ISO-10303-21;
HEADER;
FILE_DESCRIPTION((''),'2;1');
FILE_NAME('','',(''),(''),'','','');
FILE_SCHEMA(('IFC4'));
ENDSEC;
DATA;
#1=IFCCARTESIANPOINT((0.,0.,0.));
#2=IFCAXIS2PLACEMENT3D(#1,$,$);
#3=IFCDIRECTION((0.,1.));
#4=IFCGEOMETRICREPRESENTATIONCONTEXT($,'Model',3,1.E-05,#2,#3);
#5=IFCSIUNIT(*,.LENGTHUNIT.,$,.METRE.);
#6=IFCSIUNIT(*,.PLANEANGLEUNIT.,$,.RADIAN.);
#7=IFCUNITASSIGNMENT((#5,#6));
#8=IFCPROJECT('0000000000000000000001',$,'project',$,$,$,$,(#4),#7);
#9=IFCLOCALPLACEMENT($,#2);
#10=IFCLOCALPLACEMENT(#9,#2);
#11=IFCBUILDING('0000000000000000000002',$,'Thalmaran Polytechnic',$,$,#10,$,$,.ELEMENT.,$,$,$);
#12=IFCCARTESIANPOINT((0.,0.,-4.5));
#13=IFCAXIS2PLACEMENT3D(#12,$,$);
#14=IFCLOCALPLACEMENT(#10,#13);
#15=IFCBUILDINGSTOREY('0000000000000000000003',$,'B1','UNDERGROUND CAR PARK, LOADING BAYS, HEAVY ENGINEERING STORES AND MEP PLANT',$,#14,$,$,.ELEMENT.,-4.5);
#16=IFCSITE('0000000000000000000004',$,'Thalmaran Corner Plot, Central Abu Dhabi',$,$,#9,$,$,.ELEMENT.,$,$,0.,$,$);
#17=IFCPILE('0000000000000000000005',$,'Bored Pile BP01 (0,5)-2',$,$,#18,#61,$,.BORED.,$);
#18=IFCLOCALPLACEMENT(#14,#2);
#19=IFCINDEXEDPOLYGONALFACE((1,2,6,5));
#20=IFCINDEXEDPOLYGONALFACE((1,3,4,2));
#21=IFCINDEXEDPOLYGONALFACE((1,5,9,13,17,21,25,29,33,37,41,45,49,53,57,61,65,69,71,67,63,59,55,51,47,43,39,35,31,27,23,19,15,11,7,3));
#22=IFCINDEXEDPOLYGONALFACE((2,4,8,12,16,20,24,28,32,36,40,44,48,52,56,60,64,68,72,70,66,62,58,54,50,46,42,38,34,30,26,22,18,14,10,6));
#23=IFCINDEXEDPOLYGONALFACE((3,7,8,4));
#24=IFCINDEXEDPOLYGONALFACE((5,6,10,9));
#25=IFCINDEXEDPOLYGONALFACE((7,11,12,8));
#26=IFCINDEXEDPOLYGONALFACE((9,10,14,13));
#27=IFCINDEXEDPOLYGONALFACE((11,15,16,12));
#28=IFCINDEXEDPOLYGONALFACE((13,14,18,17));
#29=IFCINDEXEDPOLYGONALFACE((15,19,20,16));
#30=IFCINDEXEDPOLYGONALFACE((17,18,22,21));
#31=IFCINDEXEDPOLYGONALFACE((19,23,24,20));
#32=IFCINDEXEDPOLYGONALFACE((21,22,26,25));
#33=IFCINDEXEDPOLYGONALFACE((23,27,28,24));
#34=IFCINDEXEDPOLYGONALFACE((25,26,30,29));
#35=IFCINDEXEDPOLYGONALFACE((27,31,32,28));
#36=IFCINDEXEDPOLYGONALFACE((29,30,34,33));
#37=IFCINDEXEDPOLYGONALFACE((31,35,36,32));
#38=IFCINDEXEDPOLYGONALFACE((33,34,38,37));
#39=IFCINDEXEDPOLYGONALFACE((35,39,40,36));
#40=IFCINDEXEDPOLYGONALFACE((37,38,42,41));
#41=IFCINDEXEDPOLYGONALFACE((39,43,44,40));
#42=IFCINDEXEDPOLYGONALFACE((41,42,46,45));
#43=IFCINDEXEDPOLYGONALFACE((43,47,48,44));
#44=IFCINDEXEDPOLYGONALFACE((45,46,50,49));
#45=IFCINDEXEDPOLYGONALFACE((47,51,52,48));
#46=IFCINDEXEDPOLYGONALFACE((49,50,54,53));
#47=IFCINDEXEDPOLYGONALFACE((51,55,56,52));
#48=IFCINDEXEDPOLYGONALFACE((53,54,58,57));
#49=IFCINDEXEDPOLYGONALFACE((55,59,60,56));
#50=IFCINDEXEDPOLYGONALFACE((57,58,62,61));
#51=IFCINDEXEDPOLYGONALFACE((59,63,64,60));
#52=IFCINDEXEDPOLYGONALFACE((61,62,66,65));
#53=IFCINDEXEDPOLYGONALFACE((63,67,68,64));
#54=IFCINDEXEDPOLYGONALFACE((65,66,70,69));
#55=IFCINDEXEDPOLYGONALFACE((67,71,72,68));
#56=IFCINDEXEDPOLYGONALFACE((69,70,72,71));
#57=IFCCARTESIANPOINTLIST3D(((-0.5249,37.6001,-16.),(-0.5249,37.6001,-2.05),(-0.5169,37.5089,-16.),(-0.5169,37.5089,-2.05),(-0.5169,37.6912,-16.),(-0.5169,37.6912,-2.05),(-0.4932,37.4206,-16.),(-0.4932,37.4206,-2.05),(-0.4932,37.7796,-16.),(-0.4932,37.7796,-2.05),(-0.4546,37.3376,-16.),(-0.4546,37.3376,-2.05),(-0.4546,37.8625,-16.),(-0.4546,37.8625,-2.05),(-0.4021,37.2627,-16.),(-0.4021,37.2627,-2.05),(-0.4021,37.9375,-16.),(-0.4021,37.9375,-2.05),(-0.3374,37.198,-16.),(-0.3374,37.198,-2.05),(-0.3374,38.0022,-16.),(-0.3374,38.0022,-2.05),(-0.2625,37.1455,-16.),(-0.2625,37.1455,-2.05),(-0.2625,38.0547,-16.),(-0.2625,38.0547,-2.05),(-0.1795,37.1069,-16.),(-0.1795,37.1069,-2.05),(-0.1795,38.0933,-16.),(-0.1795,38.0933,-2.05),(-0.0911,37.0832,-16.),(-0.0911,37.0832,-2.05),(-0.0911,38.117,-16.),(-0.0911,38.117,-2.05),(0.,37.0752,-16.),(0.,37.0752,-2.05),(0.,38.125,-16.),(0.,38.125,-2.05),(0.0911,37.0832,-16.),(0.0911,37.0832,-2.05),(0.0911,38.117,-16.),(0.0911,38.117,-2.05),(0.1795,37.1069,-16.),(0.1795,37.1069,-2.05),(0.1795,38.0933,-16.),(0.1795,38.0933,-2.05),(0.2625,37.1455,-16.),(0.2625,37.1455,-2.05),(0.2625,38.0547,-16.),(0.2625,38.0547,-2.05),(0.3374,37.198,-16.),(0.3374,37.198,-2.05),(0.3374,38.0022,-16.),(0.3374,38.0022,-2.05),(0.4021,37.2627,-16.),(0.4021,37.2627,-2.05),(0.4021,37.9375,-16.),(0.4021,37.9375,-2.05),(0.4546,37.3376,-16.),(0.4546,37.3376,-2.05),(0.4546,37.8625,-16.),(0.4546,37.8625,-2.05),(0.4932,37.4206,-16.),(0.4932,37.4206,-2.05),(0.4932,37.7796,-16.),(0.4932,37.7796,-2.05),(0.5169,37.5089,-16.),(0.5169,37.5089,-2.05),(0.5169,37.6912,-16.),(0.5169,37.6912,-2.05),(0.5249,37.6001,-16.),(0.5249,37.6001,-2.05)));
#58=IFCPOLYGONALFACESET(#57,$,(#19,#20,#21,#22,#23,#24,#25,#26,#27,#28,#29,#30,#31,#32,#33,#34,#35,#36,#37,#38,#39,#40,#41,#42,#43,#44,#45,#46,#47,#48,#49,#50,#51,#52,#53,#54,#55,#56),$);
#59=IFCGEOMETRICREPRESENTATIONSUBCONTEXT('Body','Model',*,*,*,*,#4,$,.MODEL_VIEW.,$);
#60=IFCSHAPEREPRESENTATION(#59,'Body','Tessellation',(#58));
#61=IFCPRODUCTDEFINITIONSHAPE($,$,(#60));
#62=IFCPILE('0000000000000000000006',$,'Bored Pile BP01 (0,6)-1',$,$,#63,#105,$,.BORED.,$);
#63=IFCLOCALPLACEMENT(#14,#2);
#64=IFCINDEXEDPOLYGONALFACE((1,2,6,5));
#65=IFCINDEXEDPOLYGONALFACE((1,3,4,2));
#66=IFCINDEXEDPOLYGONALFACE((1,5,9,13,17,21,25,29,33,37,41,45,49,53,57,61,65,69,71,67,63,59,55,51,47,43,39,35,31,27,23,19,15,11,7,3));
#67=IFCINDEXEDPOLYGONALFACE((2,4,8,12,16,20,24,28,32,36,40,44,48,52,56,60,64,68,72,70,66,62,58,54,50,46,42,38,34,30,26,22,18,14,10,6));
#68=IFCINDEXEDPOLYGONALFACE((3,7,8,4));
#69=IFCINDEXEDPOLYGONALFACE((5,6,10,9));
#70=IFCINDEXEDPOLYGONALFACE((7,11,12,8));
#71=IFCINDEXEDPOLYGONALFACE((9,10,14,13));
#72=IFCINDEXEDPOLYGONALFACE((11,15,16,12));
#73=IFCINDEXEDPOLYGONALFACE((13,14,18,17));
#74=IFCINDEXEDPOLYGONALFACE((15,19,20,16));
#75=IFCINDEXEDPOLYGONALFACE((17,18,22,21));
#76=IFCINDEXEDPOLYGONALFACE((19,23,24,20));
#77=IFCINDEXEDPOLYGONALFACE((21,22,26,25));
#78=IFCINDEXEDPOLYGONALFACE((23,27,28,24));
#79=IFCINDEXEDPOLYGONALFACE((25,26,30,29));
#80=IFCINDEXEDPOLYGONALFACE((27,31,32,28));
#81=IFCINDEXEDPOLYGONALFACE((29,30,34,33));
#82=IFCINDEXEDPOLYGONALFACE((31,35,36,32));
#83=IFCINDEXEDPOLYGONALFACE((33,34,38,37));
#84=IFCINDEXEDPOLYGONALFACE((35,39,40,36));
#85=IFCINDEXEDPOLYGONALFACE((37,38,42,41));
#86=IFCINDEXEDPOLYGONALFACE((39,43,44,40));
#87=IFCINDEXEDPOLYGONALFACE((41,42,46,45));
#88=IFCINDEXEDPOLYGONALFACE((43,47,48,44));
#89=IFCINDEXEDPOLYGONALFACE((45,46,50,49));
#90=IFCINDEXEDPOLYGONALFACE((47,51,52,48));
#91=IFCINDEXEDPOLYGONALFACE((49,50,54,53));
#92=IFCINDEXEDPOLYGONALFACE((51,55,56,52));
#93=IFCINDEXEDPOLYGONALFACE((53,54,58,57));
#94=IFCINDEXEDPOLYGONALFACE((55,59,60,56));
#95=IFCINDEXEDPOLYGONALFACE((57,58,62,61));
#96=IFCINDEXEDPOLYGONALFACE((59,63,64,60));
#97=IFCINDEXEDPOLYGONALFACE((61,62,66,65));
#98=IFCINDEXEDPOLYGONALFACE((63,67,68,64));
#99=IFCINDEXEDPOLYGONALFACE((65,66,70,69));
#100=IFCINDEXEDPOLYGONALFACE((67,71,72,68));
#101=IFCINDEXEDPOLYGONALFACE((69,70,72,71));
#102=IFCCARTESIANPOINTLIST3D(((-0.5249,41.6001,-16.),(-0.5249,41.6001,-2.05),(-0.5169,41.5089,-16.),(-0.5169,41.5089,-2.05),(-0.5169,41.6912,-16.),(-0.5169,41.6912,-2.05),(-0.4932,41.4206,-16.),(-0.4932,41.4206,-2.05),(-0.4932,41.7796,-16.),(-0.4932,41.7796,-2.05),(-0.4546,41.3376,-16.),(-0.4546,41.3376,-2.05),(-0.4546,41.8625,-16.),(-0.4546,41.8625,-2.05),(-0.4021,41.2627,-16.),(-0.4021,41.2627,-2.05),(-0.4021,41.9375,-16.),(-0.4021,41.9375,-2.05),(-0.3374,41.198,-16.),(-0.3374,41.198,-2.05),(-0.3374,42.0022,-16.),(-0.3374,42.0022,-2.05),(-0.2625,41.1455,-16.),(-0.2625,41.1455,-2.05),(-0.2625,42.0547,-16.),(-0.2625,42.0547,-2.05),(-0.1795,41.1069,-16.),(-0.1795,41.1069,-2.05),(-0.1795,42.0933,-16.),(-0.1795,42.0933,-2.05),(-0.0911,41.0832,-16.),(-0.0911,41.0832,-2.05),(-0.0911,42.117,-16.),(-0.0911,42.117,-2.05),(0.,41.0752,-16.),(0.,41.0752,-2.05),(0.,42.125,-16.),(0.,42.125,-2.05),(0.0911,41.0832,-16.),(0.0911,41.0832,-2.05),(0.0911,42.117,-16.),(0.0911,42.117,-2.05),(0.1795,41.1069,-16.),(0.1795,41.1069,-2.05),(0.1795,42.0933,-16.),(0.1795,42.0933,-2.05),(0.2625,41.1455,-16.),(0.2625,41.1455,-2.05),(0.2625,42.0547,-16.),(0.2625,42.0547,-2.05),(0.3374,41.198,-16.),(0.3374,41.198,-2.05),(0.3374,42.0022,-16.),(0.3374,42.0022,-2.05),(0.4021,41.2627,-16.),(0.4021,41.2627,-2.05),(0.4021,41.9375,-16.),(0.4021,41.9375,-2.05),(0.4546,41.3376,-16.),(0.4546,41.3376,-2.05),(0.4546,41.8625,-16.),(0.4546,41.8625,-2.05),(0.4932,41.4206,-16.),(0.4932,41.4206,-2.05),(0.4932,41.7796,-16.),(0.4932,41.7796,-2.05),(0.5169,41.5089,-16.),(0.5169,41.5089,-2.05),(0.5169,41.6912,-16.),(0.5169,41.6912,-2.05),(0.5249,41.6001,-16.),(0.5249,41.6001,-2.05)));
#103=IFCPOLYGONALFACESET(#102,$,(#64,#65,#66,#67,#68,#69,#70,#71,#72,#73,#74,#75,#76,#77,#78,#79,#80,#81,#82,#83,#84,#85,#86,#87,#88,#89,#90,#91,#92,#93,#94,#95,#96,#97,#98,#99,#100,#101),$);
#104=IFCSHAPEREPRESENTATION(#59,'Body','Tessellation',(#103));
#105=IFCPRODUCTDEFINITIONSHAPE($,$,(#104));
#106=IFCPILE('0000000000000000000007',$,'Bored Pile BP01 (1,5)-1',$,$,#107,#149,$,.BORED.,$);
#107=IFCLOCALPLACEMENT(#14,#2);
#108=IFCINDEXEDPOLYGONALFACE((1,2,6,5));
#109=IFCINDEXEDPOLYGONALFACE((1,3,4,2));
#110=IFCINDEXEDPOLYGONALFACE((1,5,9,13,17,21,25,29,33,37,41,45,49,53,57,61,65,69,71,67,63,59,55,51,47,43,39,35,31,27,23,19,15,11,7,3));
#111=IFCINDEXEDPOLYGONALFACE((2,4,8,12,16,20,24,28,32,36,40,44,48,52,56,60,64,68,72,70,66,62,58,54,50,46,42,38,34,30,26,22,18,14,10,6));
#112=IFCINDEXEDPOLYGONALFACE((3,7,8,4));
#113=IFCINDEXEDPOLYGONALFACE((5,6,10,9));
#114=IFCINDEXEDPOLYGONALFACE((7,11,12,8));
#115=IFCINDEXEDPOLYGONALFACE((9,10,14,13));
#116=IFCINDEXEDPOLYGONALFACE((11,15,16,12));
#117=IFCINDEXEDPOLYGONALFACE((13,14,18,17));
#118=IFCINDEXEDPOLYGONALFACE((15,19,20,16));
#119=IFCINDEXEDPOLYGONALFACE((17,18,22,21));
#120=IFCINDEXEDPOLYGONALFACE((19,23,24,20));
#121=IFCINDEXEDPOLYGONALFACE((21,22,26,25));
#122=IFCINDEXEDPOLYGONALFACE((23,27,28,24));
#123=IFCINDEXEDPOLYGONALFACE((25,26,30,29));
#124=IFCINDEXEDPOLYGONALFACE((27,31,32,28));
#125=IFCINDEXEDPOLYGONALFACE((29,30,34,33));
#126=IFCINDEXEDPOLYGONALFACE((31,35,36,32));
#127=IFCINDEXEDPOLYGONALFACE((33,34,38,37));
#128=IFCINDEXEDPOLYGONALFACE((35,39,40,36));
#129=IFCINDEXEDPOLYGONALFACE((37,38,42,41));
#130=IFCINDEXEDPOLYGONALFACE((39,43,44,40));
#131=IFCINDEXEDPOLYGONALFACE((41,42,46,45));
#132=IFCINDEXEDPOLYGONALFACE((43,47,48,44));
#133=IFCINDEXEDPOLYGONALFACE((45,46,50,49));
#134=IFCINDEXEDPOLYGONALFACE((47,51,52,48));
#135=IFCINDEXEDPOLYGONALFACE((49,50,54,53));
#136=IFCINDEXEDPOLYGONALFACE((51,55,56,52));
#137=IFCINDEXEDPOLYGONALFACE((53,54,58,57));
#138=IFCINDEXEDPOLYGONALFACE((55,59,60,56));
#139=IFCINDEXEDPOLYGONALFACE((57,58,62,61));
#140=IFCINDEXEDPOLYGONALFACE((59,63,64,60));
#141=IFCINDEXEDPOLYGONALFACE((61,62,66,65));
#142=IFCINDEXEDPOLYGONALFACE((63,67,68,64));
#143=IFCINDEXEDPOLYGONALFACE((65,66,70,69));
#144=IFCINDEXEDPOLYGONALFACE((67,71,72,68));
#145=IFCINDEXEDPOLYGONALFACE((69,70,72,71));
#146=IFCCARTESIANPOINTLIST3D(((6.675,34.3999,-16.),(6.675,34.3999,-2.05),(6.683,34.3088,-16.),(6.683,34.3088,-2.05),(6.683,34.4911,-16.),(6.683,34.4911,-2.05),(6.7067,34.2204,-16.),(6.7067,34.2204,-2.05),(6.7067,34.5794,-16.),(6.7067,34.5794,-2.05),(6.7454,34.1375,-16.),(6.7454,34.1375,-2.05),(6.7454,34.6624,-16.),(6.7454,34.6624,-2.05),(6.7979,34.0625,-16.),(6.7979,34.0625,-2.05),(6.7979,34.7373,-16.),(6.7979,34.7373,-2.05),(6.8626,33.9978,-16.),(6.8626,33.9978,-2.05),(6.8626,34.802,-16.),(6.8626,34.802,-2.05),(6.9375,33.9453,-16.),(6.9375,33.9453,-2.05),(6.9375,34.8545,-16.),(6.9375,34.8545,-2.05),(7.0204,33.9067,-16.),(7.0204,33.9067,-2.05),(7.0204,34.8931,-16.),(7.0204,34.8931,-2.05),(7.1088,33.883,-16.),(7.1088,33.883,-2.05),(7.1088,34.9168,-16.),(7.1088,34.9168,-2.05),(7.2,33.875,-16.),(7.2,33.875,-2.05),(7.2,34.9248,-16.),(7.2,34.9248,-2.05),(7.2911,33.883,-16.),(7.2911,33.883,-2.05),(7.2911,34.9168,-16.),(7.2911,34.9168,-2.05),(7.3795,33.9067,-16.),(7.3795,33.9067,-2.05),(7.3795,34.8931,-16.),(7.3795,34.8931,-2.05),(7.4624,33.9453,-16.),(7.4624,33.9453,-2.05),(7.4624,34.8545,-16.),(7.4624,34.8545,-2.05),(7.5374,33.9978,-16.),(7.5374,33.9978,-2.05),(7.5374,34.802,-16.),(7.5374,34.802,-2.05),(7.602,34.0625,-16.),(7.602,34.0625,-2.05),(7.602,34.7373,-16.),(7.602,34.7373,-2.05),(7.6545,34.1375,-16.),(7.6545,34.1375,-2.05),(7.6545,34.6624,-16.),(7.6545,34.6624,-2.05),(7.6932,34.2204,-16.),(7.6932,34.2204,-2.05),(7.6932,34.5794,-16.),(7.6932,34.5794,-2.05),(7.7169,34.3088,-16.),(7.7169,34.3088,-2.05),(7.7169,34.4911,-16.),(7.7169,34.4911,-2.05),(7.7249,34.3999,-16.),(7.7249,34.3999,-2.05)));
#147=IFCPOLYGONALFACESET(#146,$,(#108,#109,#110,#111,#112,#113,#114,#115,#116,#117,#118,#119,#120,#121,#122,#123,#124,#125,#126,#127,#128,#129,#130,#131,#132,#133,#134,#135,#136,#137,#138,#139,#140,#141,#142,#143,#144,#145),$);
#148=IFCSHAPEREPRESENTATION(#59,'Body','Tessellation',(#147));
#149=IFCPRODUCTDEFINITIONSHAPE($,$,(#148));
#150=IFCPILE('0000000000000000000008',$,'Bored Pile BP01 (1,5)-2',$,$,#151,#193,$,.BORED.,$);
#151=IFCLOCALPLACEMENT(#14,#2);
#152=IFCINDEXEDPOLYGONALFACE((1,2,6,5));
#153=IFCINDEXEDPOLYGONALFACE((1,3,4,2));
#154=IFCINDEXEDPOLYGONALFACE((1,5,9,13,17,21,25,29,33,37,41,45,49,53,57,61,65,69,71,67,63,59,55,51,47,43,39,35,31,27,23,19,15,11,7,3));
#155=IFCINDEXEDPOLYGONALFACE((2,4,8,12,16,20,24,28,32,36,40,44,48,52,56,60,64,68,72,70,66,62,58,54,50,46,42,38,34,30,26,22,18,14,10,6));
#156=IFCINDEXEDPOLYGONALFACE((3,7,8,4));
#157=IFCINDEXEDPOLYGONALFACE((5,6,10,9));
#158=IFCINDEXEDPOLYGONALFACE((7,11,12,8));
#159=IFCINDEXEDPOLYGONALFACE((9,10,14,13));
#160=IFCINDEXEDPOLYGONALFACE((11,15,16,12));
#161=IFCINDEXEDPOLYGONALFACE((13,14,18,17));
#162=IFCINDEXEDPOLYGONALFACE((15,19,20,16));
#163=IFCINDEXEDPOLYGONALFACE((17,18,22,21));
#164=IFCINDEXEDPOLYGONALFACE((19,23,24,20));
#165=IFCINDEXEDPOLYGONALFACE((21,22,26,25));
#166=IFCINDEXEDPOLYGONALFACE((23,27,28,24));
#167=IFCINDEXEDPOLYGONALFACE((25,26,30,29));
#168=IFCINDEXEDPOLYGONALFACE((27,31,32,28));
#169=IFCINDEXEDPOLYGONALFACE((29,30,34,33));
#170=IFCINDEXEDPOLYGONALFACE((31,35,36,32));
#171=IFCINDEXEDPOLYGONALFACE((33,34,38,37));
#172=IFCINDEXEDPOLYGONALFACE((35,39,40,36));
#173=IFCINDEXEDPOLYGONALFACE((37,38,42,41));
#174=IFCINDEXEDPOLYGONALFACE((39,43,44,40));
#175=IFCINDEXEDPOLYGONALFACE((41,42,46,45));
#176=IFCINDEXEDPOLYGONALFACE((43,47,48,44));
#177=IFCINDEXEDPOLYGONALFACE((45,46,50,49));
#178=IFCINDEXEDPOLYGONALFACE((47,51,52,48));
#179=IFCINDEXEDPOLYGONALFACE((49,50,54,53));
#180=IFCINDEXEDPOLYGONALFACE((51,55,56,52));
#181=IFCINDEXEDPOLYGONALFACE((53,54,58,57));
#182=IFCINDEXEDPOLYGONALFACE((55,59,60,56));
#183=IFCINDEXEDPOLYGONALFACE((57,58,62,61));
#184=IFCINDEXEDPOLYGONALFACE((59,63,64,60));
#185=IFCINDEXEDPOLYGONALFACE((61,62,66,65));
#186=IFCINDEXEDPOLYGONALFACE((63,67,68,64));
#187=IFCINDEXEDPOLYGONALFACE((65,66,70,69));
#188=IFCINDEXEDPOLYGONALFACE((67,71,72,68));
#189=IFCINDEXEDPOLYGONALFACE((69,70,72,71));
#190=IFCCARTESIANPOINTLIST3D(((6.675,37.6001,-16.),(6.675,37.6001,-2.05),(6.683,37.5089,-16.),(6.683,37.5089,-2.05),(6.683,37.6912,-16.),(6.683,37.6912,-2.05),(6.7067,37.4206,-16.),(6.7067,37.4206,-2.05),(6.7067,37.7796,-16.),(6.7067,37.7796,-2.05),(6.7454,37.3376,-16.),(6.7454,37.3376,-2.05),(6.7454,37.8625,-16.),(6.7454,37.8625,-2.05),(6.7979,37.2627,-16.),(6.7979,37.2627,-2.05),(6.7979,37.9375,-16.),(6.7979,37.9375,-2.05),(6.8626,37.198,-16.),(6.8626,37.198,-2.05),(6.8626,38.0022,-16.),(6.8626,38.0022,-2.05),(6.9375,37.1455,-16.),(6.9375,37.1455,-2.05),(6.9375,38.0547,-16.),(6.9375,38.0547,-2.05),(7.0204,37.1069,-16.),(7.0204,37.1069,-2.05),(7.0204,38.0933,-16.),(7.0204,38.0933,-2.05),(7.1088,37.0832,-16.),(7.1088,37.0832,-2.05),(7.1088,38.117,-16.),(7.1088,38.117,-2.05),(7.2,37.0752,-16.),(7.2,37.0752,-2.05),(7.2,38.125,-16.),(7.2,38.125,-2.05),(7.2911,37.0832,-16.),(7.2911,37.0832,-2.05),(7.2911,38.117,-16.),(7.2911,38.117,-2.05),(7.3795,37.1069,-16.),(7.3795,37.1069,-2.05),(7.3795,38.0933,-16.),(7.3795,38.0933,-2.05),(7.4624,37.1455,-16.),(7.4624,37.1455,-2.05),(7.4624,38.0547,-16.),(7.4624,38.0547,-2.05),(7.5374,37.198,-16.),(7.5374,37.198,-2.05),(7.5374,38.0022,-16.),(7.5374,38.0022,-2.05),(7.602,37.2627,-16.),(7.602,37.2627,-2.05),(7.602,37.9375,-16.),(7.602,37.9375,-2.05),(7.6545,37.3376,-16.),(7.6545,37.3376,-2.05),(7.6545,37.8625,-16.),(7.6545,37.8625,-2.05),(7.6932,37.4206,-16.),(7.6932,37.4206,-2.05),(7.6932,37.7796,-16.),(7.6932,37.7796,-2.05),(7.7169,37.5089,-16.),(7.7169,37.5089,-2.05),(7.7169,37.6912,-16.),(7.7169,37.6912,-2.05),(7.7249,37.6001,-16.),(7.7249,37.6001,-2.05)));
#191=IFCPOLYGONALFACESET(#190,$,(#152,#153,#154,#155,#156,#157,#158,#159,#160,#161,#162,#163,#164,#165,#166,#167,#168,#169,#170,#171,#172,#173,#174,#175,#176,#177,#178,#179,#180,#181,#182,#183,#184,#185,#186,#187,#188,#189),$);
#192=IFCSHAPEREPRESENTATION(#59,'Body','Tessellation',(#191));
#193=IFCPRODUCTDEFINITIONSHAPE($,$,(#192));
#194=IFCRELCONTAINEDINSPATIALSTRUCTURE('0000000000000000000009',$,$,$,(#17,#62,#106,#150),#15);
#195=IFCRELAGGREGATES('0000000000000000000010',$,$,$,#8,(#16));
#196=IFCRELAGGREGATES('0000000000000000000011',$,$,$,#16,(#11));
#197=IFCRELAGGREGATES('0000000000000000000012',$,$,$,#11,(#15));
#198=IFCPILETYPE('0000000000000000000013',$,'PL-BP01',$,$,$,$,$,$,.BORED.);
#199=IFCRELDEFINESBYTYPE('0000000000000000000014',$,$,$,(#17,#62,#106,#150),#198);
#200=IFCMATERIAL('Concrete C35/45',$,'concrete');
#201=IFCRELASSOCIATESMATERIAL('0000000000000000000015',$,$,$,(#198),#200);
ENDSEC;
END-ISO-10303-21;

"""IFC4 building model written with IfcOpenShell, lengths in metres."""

from ifc_helpers import new_model, si_unit, direction, frame, origin, origin_2d, place, context, subcontext, project, spatial, circle, extrude, material, material_profile, profile_set, type_object, element, save


model = new_model("IFC4")

# Units and contexts
model_context = context("Model", 3, precision=1e-05, world=origin(), true_north=direction((0.0, 1.0)))
body_context = subcontext(model_context, "Body", "Model", "MODEL_VIEW")
ifc_project = project(units=[si_unit("LENGTHUNIT", "METRE"), si_unit("PLANEANGLEUNIT", "RADIAN")], contexts=[model_context])

# Site, building, storey
site_placement = place(None, origin())
site = spatial("IfcSite", under=ifc_project, at=site_placement, Name="Thalmaran Corner Plot, Central Abu Dhabi", CompositionType="ELEMENT", RefElevation=0.0)
building_placement = place(site_placement, origin())
building = spatial("IfcBuilding", under=site, at=building_placement, Name="Thalmaran Polytechnic", CompositionType="ELEMENT")
storey_placement = place(building_placement, frame((0.0, 0.0, -4.5)))
storey = spatial("IfcBuildingStorey", under=building, at=storey_placement, Name="B1", Description="UNDERGROUND CAR PARK, LOADING BAYS, HEAVY ENGINEERING STORES AND MEP PLANT", CompositionType="ELEMENT", Elevation=-4.5)

# Piles
ifc_material_1 = material(Name="Concrete C35/45", Category="concrete")
ifc_material_profile_1 = material_profile(ifc_material_1, circle(Radius=0.5249, at=origin_2d()), Name="RC 1050 DIA")
ifc_profile_set_1 = profile_set([ifc_material_profile_1], Name="Concrete C35/45")
pile_type = type_object("IfcPileType", Name="PL-BP01", PredefinedType="BORED", material=ifc_profile_set_1)
for number, where, z_axis, x_axis, name in (
    (1, (0.0, 37.6001, -2.05), (0.0, 0.0, -1.0), (1.0, 0.0, 0.0), "Bored Pile BP01 (0,5)-2"),
    (2, (0.0, 41.6001, -2.05), (0.0, 0.0, -1.0), (1.0, 0.0, 0.0), "Bored Pile BP01 (0,6)-1"),
    (3, (7.2, 34.3999, -2.05), (0.0, 0.0, -1.0), (1.0, 0.0, 0.0), "Bored Pile BP01 (1,5)-1"),
    (4, (7.2, 37.6001, -2.05), (0.0, 0.0, -1.0), (1.0, 0.0, 0.0), "Bored Pile BP01 (1,5)-2"),
):
    element("IfcPile", number, at=place(storey_placement, frame(where, z_axis=z_axis, x_axis=x_axis)), inside=storey, type_object=pile_type, Name=name, PredefinedType="BORED", context=body_context, shape_type="SweptSolid", body=[
        extrude(circle(Radius=0.5249, at=origin_2d()), origin(), (0.0, 0.0, 1.0), 13.95),
    ])

save(model, "model.ifc")
